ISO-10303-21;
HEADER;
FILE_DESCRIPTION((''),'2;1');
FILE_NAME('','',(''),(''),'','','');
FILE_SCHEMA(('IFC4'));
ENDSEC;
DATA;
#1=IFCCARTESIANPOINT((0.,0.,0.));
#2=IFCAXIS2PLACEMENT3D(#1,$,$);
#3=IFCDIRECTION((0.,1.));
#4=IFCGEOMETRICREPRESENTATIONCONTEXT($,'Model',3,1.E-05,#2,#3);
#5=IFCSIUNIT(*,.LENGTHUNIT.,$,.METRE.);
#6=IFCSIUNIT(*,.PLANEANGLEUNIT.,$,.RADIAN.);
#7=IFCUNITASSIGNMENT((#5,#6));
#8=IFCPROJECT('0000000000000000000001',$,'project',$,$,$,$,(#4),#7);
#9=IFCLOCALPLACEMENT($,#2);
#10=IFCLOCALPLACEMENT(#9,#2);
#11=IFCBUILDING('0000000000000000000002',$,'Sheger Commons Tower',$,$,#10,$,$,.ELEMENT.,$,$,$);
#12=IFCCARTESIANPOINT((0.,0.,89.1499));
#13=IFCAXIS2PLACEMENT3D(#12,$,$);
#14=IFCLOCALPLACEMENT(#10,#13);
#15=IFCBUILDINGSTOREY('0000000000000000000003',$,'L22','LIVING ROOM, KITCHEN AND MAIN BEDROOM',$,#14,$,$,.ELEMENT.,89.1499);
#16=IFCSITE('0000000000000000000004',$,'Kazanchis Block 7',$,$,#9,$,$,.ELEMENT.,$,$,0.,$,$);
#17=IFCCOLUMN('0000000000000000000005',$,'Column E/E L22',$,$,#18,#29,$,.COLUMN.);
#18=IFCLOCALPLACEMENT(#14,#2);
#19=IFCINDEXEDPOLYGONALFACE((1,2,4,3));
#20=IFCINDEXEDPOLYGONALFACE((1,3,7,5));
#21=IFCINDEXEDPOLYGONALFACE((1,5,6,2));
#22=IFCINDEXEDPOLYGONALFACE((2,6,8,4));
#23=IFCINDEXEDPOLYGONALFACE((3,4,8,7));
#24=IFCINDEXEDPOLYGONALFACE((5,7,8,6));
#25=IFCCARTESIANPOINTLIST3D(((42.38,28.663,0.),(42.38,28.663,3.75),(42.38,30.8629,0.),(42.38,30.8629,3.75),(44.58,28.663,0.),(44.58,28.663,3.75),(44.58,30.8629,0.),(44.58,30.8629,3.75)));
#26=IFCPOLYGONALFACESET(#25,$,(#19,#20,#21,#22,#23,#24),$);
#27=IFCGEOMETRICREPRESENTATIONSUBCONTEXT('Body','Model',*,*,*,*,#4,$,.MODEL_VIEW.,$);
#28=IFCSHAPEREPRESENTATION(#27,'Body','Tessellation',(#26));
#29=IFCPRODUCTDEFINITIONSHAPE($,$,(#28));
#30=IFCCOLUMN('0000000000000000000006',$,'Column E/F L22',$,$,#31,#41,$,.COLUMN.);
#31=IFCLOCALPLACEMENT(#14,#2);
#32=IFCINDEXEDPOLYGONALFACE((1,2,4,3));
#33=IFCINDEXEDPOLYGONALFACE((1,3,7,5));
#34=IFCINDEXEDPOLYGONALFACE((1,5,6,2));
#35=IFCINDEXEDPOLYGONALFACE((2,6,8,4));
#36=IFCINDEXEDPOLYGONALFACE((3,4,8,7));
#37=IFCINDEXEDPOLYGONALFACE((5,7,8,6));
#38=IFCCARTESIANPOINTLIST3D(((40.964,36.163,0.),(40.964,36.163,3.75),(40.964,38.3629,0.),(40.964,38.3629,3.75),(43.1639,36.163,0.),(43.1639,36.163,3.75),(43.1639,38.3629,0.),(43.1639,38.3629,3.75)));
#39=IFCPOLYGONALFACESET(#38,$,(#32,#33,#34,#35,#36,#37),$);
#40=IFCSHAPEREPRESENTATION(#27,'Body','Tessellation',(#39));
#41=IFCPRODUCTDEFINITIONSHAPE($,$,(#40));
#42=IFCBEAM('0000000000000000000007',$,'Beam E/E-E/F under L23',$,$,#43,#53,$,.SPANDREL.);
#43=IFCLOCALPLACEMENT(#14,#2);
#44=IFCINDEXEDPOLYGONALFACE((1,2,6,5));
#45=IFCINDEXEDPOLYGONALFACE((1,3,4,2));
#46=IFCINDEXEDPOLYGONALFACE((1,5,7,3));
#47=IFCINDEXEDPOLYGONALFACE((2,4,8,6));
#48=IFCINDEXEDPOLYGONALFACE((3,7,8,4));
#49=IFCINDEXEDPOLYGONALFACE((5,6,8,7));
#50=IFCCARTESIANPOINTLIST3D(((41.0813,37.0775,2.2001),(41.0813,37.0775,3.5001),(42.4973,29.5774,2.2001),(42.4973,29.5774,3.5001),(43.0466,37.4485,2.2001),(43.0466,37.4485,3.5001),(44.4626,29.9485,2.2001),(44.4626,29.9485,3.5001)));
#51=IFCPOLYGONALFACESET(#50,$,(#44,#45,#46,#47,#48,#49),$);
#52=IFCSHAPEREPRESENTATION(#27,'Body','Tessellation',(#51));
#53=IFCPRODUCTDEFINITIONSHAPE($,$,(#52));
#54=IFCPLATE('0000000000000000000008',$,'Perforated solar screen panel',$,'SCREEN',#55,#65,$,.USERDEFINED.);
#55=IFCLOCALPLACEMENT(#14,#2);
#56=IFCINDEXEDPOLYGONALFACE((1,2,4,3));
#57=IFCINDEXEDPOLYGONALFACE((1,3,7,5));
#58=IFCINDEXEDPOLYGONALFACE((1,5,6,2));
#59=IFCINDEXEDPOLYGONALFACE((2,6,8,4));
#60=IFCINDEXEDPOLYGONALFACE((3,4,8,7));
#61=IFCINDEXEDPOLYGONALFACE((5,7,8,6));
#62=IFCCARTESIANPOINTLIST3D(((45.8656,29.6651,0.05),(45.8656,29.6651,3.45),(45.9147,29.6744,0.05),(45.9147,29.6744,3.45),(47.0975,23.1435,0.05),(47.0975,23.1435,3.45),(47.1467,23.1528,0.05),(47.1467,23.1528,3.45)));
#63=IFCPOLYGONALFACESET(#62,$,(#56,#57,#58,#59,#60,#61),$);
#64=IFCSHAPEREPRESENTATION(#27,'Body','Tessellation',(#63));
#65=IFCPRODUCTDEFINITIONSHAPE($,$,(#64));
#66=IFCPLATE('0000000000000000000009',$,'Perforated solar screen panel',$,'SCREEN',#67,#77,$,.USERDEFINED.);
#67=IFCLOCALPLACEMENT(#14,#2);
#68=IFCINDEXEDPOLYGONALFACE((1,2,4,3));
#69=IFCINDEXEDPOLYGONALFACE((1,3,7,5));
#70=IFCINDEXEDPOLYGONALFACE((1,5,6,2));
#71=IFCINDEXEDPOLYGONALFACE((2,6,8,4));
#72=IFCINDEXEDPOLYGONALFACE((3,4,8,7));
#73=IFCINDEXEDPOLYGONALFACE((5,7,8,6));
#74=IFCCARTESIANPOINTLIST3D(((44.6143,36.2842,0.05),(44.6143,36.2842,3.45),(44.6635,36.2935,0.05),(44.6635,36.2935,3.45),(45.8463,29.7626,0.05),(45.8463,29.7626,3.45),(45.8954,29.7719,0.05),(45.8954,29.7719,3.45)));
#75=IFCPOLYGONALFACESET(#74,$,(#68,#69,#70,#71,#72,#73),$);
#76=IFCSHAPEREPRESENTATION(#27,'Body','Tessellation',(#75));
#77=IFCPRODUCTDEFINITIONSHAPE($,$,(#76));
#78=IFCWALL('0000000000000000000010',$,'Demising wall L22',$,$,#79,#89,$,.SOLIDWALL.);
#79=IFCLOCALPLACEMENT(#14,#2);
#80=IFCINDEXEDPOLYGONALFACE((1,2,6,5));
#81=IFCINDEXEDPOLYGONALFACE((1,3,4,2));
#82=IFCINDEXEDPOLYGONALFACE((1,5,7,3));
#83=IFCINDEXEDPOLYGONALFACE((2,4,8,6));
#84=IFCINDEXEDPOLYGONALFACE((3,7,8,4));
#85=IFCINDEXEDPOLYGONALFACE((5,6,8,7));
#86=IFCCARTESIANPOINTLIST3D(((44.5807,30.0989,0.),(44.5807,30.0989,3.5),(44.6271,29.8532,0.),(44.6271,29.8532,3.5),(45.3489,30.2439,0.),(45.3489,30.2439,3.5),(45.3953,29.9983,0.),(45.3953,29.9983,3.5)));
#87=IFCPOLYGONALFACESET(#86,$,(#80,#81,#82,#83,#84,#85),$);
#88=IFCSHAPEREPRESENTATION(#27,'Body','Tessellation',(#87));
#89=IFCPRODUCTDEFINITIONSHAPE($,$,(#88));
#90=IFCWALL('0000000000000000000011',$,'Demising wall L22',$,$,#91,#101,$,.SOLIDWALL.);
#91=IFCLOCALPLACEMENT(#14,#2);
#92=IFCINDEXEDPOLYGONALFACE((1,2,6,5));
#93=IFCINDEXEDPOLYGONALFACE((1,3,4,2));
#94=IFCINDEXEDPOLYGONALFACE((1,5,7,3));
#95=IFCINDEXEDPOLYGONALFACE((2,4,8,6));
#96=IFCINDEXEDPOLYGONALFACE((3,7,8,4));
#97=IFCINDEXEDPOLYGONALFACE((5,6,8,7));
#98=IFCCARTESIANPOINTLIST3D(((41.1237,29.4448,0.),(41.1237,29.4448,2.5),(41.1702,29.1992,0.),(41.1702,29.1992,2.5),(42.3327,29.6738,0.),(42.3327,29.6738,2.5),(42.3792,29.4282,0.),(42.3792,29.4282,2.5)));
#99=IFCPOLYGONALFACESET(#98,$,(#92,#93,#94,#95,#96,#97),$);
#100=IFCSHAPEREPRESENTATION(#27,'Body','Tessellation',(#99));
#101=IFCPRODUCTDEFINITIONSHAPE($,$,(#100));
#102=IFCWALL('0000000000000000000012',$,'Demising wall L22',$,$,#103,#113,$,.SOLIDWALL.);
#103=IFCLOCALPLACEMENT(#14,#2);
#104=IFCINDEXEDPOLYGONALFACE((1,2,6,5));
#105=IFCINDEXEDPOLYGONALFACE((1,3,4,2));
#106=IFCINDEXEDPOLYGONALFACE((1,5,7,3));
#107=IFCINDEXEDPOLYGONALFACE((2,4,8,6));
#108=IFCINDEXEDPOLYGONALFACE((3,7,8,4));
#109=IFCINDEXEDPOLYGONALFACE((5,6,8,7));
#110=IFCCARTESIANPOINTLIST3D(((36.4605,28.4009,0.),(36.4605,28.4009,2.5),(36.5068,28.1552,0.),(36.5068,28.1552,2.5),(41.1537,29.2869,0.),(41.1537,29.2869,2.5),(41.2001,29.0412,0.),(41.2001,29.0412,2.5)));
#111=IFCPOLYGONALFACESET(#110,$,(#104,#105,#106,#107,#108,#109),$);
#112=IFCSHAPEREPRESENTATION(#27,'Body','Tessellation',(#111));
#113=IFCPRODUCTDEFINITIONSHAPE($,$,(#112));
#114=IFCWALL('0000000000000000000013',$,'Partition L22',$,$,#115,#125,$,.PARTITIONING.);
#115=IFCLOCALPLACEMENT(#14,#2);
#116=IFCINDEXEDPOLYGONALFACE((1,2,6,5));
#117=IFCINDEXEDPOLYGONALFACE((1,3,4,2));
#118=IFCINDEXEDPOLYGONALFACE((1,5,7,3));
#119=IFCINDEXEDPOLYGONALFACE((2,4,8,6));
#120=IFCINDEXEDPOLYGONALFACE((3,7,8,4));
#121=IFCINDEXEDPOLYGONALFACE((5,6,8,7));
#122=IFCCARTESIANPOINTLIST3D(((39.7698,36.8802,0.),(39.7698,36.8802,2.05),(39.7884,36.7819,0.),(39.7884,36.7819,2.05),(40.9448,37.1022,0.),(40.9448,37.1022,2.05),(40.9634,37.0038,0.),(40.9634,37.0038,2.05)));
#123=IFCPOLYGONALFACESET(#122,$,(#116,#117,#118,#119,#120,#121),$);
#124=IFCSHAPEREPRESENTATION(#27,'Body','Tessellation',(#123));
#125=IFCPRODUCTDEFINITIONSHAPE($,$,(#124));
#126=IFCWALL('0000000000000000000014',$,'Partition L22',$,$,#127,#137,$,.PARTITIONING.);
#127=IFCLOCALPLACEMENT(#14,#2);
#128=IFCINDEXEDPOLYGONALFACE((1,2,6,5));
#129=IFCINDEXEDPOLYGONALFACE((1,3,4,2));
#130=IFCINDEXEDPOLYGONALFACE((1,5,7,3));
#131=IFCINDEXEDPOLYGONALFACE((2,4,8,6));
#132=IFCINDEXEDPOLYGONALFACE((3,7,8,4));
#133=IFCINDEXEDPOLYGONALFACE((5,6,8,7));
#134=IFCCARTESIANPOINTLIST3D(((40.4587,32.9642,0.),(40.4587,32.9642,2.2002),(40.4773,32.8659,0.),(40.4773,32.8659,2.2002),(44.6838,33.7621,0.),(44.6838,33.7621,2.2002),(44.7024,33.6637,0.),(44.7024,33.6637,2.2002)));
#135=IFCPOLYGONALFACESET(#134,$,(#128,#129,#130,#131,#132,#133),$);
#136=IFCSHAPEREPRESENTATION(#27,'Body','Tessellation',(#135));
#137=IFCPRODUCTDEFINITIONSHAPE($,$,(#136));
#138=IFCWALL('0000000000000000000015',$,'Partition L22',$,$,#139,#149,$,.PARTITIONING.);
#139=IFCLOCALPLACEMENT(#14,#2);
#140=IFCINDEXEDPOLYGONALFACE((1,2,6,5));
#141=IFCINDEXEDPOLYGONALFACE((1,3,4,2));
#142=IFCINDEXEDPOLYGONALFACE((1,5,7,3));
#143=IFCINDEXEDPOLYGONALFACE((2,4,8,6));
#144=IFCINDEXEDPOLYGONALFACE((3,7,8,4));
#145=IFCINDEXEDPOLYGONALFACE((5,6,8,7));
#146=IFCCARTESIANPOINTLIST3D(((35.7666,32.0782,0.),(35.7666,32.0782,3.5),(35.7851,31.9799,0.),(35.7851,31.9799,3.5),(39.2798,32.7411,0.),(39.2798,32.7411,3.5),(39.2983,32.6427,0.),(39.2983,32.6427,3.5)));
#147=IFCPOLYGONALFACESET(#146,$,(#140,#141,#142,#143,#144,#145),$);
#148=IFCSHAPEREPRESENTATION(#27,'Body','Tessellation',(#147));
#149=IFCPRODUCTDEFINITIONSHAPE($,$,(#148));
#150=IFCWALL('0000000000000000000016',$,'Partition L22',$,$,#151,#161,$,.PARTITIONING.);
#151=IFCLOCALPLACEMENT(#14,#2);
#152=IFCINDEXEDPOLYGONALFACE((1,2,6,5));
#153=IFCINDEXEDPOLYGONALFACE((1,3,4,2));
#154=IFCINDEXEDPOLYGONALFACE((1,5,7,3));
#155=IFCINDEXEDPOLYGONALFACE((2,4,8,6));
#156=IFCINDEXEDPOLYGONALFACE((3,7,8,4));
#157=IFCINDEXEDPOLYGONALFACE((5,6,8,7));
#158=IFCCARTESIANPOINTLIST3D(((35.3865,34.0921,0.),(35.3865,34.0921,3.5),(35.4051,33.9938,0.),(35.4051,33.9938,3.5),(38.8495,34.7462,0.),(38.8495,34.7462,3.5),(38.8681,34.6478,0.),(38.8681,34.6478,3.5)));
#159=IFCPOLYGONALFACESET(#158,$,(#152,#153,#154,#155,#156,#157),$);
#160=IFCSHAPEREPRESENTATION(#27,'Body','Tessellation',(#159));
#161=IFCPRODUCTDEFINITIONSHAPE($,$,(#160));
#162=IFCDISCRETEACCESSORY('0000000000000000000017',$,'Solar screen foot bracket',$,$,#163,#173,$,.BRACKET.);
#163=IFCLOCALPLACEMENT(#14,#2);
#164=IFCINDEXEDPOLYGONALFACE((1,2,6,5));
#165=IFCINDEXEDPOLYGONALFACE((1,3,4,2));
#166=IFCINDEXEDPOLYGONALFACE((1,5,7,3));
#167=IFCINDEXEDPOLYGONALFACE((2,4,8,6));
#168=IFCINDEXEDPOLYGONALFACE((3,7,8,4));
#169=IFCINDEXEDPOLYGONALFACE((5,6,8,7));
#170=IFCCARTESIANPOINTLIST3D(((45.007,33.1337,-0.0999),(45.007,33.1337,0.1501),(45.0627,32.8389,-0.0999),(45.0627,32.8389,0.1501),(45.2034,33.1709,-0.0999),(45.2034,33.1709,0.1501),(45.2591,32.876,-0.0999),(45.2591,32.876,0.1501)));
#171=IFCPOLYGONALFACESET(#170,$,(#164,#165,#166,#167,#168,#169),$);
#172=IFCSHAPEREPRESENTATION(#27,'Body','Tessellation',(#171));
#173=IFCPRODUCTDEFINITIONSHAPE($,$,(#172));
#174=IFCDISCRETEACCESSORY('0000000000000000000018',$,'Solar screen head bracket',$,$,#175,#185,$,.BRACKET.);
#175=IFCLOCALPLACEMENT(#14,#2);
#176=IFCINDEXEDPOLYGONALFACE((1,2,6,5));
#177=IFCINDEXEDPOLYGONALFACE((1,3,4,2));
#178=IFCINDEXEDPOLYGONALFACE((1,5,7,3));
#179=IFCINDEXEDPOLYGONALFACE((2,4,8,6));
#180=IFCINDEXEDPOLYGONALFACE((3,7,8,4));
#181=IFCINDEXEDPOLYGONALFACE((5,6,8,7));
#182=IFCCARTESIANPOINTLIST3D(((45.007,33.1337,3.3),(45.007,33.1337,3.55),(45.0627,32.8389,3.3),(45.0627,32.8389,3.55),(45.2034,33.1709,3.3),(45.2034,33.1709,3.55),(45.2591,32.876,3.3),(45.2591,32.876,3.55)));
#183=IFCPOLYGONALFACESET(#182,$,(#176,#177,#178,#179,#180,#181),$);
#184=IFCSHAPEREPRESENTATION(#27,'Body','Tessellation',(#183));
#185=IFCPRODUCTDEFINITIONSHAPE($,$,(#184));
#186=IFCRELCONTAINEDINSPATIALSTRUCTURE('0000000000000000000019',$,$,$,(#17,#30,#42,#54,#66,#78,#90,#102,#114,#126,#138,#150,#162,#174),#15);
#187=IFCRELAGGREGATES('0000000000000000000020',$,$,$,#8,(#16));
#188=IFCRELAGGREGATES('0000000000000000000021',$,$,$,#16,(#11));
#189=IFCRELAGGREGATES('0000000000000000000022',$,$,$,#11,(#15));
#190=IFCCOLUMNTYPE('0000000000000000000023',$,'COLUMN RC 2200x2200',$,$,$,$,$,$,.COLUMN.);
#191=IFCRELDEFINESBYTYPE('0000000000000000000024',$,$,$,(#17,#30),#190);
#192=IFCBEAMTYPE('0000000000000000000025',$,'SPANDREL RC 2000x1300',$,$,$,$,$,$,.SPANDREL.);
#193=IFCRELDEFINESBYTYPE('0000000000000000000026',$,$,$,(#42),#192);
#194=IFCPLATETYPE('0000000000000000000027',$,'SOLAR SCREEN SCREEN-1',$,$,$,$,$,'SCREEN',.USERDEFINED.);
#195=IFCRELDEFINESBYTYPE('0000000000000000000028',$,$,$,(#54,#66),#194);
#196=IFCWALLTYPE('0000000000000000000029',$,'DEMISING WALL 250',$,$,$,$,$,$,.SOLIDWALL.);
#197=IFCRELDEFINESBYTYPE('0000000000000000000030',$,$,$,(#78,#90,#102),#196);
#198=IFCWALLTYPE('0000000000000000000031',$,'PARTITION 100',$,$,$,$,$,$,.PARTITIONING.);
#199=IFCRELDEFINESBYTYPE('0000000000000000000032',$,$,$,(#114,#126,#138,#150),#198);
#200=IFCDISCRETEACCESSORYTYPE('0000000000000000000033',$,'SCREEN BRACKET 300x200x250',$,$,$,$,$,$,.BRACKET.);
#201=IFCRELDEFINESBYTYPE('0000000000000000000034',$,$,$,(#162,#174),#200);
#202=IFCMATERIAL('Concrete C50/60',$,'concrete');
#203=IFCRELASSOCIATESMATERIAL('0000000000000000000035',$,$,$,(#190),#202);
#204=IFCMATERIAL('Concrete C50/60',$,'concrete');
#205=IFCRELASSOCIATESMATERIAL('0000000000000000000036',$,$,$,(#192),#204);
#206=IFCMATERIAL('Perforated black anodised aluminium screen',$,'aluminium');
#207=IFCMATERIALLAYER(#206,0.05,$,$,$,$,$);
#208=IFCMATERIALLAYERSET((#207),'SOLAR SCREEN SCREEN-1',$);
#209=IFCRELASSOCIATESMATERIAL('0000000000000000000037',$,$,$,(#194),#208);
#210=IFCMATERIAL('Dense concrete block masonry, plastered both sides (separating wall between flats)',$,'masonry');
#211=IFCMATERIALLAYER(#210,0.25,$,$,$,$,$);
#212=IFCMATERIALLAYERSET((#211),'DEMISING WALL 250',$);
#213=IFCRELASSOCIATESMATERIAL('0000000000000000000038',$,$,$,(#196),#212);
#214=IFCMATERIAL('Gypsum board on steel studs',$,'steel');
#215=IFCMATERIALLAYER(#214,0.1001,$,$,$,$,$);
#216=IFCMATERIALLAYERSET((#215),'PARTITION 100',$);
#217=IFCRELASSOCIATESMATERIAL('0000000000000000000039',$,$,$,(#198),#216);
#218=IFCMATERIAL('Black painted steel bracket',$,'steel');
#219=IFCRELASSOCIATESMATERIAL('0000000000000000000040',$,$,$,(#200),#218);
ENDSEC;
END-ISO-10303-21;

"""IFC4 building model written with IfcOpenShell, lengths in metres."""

from ifc_helpers import new_model, si_unit, direction, frame, frame_2d, origin, origin_2d, place, context, subcontext, project, spatial, rectangle, extrude, material, layer, layer_set, material_profile, profile_set, type_object, element, save


model = new_model("IFC4")

# Units and contexts
model_context = context("Model", 3, precision=1e-05, world=origin(), true_north=direction((0.0, 1.0)))
body_context = subcontext(model_context, "Body", "Model", "MODEL_VIEW")
ifc_project = project(units=[si_unit("LENGTHUNIT", "METRE"), si_unit("PLANEANGLEUNIT", "RADIAN")], contexts=[model_context])

# Site, building, storey
site_placement = place(None, origin())
site = spatial("IfcSite", under=ifc_project, at=site_placement, Name="Kazanchis Block 7", CompositionType="ELEMENT", RefElevation=0.0)
building_placement = place(site_placement, origin())
building = spatial("IfcBuilding", under=site, at=building_placement, Name="Sheger Commons Tower", CompositionType="ELEMENT")
storey_placement = place(building_placement, frame((0.0, 0.0, 89.1499)))
storey = spatial("IfcBuildingStorey", under=building, at=storey_placement, Name="L22", Description="LIVING ROOM, KITCHEN AND MAIN BEDROOM", CompositionType="ELEMENT", Elevation=89.1499)

# Columns
ifc_material_1 = material(Name="Concrete C50/60", Category="concrete")
ifc_material_profile_1 = material_profile(ifc_material_1, rectangle(XDim=2.2, YDim=2.2, at=origin_2d()), Name="RC 2200x2200")
ifc_profile_set_1 = profile_set([ifc_material_profile_1], Name="Concrete C50/60")
column_type = type_object("IfcColumnType", Name="COLUMN RC 2200x2200", PredefinedType="COLUMN", material=ifc_profile_set_1)
for number, where, z_axis, x_axis, name in (
    (1, (43.48, 29.7629, 0.0), (0.0, 0.0, 1.0), (1.0, 0.0, 0.0), "Column E/E L22"),
    (2, (42.064, 37.2629, 0.0), (0.0, 0.0, 1.0), (1.0, 0.0, 0.0), "Column E/F L22"),
):
    element("IfcColumn", number, at=place(storey_placement, frame(where, z_axis=z_axis, x_axis=x_axis)), inside=storey, type_object=column_type, Name=name, PredefinedType="COLUMN", context=body_context, shape_type="SweptSolid", body=[
        extrude(rectangle(XDim=2.2, YDim=2.2, at=origin_2d()), origin(), (0.0, 0.0, 1.0), 3.75),
    ])

# Beam
ifc_material_2 = material(Name="Concrete C50/60", Category="concrete")
ifc_material_profile_2 = material_profile(ifc_material_2, rectangle(XDim=2.0, YDim=1.3, at=origin_2d()), Name="RC 2000x1300")
ifc_profile_set_2 = profile_set([ifc_material_profile_2], Name="Concrete C50/60")
beam_type = type_object("IfcBeamType", Name="SPANDREL RC 2000x1300", PredefinedType="SPANDREL", material=ifc_profile_set_2)
beam_placement = place(storey_placement, frame((43.48, 29.7629, 2.8501), z_axis=(-0.185524, 0.98264, 0.0), x_axis=(-0.98264, -0.185524, 0.0)))
element("IfcBeam", 3, at=beam_placement, inside=storey, type_object=beam_type, Name="Beam E/E-E/F under L23", PredefinedType="SPANDREL", context=body_context, shape_type="SweptSolid", body=[
    extrude(rectangle(XDim=2.0, YDim=1.3, at=origin_2d()), origin(), (0.0, 0.0, 1.0), 7.6326),
])

# Plates
ifc_material_3 = material(Name="Perforated black anodised aluminium screen", Category="aluminium")
ifc_layer_1 = layer(ifc_material_3, 0.05)
ifc_layer_set_1 = layer_set([ifc_layer_1], Name="SOLAR SCREEN SCREEN-1")
plate_type = type_object("IfcPlateType", Name="SOLAR SCREEN SCREEN-1", ElementType="SCREEN", PredefinedType="USERDEFINED", material=ifc_layer_set_1)
for number, where, z_axis, x_axis, name in (
    (4, (46.5061, 26.4089, 0.05), (0.0, 0.0, 1.0), (-0.185615, 0.982623, 0.0), "Perforated solar screen panel"),
    (5, (45.2549, 33.0281, 0.05), (0.0, 0.0, 1.0), (-0.185615, 0.982623, 0.0), "Perforated solar screen panel"),
):
    element("IfcPlate", number, at=place(storey_placement, frame(where, z_axis=z_axis, x_axis=x_axis)), inside=storey, type_object=plate_type, Name=name, ObjectType="SCREEN", PredefinedType="USERDEFINED", context=body_context, shape_type="SweptSolid", body=[
        extrude(rectangle(XDim=6.637, YDim=0.05, at=origin_2d()), origin(), (0.0, 0.0, 1.0), 3.3999),
    ])

# Walls
ifc_material_4 = material(Name="Dense concrete block masonry, plastered both sides (separating wall between flats)", Category="masonry")
ifc_layer_2 = layer(ifc_material_4, 0.25)
ifc_layer_set_2 = layer_set([ifc_layer_2], Name="DEMISING WALL 250")
wall_type_1 = type_object("IfcWallType", Name="DEMISING WALL 250", PredefinedType="SOLIDWALL", material=ifc_layer_set_2)
wall_1_placement = place(storey_placement, frame((45.3721, 30.1211, 0.0), z_axis=(0.0, 0.0, 1.0), x_axis=(-0.982638, -0.185533, 0.0)))
element("IfcWall", 6, at=wall_1_placement, inside=storey, type_object=wall_type_1, Name="Demising wall L22", PredefinedType="SOLIDWALL", context=body_context, shape_type="SweptSolid", body=[
    extrude(rectangle(XDim=0.7817, YDim=0.25, at=frame_2d((0.3909, 0.0))), origin(), (0.0, 0.0, 1.0), 3.5),
])
wall_2_placement = place(storey_placement, frame((42.356, 29.551, 0.0), z_axis=(0.0, 0.0, 1.0), x_axis=(-0.982529, -0.186109, 0.0)))
element("IfcWall", 7, at=wall_2_placement, inside=storey, type_object=wall_type_1, Name="Demising wall L22", PredefinedType="SOLIDWALL", context=body_context, shape_type="SweptSolid", body=[
    extrude(rectangle(XDim=1.2305, YDim=0.25, at=frame_2d((0.6152, 0.0))), origin(), (0.0, 0.0, 1.0), 2.5),
])
wall_3_placement = place(storey_placement, frame((41.177, 29.1641, 0.0), z_axis=(0.0, 0.0, 1.0), x_axis=(-0.982643, -0.185508, 0.0)))
element("IfcWall", 8, at=wall_3_placement, inside=storey, type_object=wall_type_1, Name="Demising wall L22", PredefinedType="SOLIDWALL", context=body_context, shape_type="SweptSolid", body=[
    extrude(rectangle(XDim=4.7761, YDim=0.25, at=frame_2d((2.3882, 0.0))), origin(), (0.0, 0.0, 1.0), 2.5),
])
ifc_material_5 = material(Name="Gypsum board on steel studs", Category="steel")
ifc_layer_3 = layer(ifc_material_5, 0.1001)
ifc_layer_set_3 = layer_set([ifc_layer_3], Name="PARTITION 100")
wall_type_2 = type_object("IfcWallType", Name="PARTITION 100", PredefinedType="PARTITIONING", material=ifc_layer_set_3)
wall_4_placement = place(storey_placement, frame((40.9541, 37.053, 0.0), z_axis=(0.0, 0.0, 1.0), x_axis=(-0.982629, -0.185583, 0.0)))
element("IfcWall", 9, at=wall_4_placement, inside=storey, type_object=wall_type_2, Name="Partition L22", PredefinedType="PARTITIONING", context=body_context, shape_type="SweptSolid", body=[
    extrude(rectangle(XDim=1.1958, YDim=0.1001, at=frame_2d((0.5979, 0.0))), origin(), (0.0, 0.0, 1.0), 2.05),
])
wall_5_placement = place(storey_placement, frame((44.6931, 33.7129, 0.0), z_axis=(0.0, 0.0, 1.0), x_axis=(-0.982634, -0.185557, 0.0)))
element("IfcWall", 10, at=wall_5_placement, inside=storey, type_object=wall_type_2, Name="Partition L22", PredefinedType="PARTITIONING", context=body_context, shape_type="SweptSolid", body=[
    extrude(rectangle(XDim=4.2998, YDim=0.1001, at=frame_2d((2.1499, 0.0))), origin(), (0.0, 0.0, 1.0), 2.2002),
])
wall_6_placement = place(storey_placement, frame((39.2891, 32.6919, 0.0), z_axis=(0.0, 0.0, 1.0), x_axis=(-0.982663, -0.185402, 0.0)))
element("IfcWall", 11, at=wall_6_placement, inside=storey, type_object=wall_type_2, Name="Partition L22", PredefinedType="PARTITIONING", context=body_context, shape_type="SweptSolid", body=[
    extrude(rectangle(XDim=3.5752, YDim=0.1001, at=frame_2d((1.7876, 0.0))), origin(), (0.0, 0.0, 1.0), 3.5),
])
wall_7_placement = place(storey_placement, frame((38.8589, 34.697, 0.0), z_axis=(0.0, 0.0, 1.0), x_axis=(-0.982627, -0.185593, 0.0)))
element("IfcWall", 12, at=wall_7_placement, inside=storey, type_object=wall_type_2, Name="Partition L22", PredefinedType="PARTITIONING", context=body_context, shape_type="SweptSolid", body=[
    extrude(rectangle(XDim=3.5242, YDim=0.1001, at=frame_2d((1.7622, 0.0))), origin(), (0.0, 0.0, 1.0), 3.5),
])

# Discrete accessories
ifc_material_6 = material(Name="Black painted steel bracket", Category="steel")
discrete_accessory_type = type_object("IfcDiscreteAccessoryType", Name="SCREEN BRACKET 300x200x250", PredefinedType="BRACKET", material=ifc_material_6)
for number, where, z_axis, x_axis, name in (
    (13, (45.1331, 33.0049, -0.0999), (0.0, 0.0, 1.0), (-0.185615, 0.982623, 0.0), "Solar screen foot bracket"),
    (14, (45.1331, 33.0049, 3.3), (0.0, 0.0, 1.0), (-0.185615, 0.982623, 0.0), "Solar screen head bracket"),
):
    element("IfcDiscreteAccessory", number, at=place(storey_placement, frame(where, z_axis=z_axis, x_axis=x_axis)), inside=storey, type_object=discrete_accessory_type, Name=name, PredefinedType="BRACKET", context=body_context, shape_type="SweptSolid", body=[
        extrude(rectangle(XDim=0.3, YDim=0.2, at=origin_2d()), origin(), (0.0, 0.0, 1.0), 0.25),
    ])

save(model, "model.ifc")
